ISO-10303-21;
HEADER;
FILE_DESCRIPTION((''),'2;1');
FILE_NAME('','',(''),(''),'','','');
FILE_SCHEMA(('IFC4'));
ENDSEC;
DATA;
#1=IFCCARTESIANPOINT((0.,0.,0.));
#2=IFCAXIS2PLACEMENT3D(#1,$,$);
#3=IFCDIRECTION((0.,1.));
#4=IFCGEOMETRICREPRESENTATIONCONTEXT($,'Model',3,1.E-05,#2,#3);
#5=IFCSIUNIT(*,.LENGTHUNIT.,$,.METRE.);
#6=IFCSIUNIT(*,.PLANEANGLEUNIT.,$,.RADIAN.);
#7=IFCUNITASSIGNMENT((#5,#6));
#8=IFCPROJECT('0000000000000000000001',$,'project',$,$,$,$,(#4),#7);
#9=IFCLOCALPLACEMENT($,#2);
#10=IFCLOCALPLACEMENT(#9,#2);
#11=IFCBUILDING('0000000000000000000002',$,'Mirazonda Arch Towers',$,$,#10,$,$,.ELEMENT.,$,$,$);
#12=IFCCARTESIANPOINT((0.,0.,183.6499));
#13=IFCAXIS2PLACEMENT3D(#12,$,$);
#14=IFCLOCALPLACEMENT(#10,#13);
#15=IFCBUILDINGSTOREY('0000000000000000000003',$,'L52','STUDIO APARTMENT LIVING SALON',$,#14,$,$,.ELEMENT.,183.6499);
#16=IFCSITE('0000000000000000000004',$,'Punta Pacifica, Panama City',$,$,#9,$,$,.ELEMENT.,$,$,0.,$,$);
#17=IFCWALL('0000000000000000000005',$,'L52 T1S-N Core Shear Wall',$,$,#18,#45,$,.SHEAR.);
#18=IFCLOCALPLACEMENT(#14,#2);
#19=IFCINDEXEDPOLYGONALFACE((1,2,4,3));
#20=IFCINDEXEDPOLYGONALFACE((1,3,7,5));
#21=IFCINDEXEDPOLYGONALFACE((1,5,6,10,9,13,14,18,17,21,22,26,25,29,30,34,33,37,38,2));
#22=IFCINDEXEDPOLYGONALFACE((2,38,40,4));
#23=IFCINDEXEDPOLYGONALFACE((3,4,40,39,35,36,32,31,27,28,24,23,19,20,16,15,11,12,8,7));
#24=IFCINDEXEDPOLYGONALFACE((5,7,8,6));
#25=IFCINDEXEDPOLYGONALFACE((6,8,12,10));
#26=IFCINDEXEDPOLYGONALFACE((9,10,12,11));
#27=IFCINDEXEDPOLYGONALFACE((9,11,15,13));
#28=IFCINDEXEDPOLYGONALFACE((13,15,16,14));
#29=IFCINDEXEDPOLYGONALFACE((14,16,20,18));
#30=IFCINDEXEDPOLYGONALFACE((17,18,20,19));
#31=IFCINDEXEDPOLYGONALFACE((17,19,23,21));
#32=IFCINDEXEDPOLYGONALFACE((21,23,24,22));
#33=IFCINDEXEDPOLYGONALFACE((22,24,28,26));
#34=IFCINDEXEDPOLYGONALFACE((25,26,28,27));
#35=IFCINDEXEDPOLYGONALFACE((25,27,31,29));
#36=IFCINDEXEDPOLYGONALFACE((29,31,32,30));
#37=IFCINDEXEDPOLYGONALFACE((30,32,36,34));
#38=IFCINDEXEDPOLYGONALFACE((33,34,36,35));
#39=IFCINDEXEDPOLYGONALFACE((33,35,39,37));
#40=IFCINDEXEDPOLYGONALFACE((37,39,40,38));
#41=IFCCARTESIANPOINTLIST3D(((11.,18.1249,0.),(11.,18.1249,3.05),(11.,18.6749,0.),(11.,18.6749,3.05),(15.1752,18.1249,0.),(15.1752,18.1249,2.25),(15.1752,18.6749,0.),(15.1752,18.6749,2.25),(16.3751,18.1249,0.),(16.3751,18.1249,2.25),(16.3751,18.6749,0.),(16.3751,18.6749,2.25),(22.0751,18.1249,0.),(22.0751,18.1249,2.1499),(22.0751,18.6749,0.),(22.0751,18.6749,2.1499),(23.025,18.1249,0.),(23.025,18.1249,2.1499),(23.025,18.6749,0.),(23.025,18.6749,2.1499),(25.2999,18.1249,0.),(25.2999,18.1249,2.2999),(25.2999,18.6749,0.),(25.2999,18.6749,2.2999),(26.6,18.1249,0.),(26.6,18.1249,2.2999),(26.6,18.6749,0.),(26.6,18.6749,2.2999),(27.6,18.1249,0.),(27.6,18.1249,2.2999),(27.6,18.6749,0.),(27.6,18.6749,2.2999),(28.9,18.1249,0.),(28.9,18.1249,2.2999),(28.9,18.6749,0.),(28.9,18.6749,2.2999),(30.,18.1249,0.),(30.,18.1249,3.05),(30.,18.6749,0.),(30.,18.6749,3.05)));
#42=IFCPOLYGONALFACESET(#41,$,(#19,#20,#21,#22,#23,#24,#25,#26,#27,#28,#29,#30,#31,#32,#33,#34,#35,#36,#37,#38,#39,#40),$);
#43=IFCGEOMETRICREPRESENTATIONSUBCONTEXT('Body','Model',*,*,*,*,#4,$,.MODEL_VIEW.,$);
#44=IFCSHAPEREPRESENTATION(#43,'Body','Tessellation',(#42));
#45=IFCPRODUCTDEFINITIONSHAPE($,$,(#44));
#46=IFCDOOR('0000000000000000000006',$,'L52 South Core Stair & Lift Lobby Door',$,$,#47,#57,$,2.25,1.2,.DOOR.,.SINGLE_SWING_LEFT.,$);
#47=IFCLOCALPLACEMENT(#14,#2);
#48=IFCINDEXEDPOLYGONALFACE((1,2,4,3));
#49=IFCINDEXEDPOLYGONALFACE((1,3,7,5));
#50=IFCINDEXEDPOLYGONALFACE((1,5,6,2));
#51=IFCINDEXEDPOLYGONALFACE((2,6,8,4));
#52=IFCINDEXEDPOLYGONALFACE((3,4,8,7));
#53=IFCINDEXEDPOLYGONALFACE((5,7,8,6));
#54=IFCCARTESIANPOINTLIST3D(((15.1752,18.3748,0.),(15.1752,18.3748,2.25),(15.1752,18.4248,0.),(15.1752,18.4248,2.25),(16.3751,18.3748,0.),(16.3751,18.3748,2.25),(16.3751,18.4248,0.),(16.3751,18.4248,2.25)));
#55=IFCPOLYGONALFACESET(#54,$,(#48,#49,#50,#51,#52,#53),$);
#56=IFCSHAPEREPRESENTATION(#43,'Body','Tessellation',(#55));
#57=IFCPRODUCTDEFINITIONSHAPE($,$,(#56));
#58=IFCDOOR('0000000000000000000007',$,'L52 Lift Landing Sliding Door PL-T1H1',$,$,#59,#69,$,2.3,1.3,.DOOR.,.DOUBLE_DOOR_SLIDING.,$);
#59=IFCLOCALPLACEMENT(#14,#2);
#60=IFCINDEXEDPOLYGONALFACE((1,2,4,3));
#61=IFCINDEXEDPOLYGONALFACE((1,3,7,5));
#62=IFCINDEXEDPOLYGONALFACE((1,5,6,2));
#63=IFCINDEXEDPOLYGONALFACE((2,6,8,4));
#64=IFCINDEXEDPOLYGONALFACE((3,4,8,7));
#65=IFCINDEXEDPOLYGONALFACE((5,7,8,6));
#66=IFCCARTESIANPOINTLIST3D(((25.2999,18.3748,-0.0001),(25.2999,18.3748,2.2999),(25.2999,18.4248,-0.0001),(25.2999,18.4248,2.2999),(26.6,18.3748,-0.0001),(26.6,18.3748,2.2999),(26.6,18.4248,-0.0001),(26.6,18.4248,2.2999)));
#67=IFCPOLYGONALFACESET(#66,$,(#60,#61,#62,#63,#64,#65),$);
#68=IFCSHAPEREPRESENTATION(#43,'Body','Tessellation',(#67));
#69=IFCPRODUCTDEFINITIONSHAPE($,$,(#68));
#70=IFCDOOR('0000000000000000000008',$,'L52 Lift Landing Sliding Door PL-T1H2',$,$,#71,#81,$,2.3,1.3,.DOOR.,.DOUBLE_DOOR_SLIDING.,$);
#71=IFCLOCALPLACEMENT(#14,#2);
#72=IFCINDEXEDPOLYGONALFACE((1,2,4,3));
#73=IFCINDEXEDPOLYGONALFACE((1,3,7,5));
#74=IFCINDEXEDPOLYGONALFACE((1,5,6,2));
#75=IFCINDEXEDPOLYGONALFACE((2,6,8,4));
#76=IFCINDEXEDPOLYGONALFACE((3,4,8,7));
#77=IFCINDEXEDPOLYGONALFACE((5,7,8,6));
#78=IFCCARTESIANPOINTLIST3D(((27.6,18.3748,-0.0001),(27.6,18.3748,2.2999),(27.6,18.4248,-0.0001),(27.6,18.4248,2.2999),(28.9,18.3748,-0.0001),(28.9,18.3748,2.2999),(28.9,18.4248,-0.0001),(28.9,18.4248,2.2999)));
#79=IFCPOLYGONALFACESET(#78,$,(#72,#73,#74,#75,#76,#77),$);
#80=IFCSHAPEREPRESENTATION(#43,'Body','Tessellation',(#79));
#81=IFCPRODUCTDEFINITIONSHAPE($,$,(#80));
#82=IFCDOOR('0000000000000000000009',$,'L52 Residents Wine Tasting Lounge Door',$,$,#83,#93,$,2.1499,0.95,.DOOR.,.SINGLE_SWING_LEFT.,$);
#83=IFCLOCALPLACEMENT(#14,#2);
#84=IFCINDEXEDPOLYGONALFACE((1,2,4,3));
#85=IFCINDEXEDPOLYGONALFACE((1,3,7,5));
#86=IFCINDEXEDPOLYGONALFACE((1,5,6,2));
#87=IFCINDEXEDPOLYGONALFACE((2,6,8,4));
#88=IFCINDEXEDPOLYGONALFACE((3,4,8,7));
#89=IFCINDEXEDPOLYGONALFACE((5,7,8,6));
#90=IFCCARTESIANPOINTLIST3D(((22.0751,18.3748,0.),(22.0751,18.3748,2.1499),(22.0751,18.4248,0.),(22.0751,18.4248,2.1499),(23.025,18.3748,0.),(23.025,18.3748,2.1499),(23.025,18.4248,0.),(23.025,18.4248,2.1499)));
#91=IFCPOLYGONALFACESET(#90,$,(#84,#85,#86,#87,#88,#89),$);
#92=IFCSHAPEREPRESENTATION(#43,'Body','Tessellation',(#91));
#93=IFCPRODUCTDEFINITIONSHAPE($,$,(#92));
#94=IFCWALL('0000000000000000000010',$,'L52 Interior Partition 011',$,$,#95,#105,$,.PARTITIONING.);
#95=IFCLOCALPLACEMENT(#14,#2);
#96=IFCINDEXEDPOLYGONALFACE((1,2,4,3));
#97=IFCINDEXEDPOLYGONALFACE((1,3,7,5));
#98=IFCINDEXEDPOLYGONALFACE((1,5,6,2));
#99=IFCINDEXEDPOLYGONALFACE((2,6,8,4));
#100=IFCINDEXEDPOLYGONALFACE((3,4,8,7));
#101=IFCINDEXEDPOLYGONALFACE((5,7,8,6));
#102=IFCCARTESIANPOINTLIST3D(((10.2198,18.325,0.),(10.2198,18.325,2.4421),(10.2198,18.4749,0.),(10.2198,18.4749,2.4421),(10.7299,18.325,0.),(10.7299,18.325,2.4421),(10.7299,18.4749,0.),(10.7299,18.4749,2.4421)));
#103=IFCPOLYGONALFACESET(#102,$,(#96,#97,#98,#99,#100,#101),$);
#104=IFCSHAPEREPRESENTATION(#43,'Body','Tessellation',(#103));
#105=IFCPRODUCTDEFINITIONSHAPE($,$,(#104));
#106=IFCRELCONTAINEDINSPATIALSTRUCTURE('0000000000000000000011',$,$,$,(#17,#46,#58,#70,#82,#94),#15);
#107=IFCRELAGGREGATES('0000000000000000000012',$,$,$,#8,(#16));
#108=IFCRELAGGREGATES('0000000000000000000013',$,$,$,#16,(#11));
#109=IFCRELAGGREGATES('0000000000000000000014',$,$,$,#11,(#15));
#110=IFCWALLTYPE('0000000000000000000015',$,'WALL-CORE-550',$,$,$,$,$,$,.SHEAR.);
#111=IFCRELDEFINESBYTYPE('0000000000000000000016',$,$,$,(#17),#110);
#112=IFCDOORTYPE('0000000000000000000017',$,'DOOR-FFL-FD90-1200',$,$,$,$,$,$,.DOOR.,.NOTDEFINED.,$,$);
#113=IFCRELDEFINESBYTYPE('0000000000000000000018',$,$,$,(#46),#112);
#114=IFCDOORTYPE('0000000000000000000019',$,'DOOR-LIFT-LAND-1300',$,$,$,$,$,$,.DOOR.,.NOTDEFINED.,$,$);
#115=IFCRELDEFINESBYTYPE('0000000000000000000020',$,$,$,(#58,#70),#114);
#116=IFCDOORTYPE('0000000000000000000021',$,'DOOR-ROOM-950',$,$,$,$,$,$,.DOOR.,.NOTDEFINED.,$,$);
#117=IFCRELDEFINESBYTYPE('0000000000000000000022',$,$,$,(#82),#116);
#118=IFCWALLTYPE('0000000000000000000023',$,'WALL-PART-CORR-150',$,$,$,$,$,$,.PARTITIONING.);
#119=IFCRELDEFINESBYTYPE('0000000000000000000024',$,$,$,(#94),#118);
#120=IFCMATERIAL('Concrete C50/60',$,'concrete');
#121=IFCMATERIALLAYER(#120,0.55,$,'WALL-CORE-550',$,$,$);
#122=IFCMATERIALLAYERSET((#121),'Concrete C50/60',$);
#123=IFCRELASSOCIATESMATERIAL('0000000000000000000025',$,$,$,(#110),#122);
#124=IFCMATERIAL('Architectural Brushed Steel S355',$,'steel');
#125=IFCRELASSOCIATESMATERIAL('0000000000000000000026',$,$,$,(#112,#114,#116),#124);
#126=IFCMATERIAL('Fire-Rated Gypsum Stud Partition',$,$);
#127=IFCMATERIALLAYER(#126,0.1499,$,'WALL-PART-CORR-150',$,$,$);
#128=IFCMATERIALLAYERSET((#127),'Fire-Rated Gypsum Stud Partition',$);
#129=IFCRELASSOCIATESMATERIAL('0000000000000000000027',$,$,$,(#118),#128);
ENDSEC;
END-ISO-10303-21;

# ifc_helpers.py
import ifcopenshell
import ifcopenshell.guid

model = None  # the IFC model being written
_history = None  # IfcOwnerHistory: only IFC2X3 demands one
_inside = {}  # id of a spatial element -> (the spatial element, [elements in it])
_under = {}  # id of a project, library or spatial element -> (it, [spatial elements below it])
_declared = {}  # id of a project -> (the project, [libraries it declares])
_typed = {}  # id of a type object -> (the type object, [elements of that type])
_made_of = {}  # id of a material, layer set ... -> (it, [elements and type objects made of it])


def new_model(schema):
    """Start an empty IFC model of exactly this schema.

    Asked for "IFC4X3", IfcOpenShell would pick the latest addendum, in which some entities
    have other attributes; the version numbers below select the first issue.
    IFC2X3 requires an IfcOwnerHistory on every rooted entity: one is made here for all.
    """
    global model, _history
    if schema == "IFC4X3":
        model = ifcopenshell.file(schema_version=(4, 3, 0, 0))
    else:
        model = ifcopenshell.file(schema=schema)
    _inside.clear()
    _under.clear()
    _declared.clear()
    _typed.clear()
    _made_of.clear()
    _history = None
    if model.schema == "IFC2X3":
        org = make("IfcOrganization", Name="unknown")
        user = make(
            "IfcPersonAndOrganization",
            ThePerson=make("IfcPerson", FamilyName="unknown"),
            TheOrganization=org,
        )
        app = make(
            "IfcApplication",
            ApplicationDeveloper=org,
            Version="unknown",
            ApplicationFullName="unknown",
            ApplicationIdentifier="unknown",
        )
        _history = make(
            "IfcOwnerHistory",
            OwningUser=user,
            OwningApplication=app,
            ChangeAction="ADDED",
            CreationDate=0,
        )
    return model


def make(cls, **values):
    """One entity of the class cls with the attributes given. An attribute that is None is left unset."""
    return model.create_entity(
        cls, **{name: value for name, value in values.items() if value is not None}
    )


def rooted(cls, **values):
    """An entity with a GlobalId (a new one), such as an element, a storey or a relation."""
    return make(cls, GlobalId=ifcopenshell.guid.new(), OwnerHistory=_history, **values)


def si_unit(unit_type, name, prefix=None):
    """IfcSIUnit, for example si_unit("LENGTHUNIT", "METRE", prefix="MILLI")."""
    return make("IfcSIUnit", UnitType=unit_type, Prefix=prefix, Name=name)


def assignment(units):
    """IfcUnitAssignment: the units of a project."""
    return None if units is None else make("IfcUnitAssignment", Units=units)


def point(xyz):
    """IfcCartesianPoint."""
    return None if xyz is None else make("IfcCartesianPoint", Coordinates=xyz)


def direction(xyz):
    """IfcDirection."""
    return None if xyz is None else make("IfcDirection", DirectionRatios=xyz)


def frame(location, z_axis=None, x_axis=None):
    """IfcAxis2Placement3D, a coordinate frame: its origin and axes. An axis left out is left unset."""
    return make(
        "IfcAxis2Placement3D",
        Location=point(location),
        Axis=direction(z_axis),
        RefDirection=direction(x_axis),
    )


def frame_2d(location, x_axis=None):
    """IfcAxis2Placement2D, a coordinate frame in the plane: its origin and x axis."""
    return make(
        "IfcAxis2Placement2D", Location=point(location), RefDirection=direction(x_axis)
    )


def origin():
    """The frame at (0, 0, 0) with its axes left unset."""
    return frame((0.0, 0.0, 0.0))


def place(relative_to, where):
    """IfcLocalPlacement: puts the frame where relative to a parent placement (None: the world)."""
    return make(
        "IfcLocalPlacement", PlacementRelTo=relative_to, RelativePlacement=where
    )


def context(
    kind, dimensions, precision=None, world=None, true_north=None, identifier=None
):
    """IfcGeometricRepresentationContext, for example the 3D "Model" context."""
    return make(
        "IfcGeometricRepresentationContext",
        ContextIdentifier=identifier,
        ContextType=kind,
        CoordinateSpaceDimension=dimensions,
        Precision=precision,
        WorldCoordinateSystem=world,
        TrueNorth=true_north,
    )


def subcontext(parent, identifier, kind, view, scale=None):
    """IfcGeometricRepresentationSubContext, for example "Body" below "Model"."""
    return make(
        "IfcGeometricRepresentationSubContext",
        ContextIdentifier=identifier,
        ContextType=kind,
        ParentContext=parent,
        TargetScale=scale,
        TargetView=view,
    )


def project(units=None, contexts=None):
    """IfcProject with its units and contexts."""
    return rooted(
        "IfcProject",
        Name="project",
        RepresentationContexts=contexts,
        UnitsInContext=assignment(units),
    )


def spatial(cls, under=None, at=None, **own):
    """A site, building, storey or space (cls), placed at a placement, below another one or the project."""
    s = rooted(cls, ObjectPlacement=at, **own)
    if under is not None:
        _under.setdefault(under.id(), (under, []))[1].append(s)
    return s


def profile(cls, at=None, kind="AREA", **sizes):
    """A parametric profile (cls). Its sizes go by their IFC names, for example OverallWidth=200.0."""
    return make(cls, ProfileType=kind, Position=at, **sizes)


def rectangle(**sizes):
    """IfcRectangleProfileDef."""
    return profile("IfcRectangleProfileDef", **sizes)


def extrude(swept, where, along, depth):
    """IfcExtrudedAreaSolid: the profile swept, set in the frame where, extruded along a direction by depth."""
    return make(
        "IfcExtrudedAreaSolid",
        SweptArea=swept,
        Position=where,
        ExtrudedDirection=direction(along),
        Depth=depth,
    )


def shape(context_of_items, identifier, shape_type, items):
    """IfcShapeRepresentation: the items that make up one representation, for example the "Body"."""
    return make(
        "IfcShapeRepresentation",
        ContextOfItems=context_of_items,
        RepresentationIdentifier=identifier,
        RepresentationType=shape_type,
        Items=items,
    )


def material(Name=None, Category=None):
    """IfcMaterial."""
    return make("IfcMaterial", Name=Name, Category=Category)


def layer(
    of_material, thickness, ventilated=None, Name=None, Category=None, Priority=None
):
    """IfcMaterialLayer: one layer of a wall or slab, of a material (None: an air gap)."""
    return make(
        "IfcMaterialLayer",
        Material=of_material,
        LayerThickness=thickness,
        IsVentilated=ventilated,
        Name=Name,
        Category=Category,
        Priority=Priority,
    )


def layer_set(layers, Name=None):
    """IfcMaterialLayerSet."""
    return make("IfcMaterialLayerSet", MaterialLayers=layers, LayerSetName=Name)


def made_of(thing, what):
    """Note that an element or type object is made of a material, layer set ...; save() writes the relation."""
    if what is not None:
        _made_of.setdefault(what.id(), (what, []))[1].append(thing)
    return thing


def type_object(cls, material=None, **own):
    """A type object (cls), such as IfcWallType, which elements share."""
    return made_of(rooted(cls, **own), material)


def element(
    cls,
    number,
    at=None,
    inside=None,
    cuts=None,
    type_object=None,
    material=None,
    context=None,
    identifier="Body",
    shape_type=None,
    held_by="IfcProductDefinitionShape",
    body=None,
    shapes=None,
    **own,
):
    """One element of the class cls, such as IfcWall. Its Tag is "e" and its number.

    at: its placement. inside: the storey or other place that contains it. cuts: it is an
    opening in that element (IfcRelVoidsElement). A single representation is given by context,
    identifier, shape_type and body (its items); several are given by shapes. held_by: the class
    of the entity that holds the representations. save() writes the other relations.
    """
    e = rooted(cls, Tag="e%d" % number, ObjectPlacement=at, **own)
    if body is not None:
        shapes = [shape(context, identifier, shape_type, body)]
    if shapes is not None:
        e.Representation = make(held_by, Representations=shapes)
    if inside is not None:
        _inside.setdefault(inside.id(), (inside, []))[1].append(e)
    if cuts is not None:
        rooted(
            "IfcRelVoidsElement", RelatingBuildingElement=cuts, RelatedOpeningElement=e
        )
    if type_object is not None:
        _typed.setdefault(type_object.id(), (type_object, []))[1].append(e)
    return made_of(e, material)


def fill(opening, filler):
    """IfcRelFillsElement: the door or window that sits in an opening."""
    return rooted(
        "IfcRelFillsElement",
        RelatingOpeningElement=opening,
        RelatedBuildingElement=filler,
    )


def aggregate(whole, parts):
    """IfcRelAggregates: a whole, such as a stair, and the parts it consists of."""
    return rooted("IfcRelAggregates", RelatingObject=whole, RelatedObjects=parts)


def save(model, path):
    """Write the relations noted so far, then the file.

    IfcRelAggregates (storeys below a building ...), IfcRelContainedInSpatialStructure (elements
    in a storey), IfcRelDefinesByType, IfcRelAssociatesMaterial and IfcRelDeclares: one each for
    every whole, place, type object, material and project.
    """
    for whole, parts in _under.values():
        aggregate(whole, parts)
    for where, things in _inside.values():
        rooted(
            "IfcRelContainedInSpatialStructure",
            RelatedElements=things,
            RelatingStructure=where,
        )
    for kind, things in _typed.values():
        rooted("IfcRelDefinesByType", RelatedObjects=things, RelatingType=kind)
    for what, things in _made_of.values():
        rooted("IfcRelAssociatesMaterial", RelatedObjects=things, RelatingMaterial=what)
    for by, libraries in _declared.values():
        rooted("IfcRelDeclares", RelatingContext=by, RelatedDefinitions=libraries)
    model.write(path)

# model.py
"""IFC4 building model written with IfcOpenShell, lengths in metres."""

from ifc_helpers import new_model, si_unit, direction, frame, frame_2d, origin, place, context, subcontext, project, spatial, rectangle, extrude, material, layer, layer_set, type_object, element, fill, save


model = new_model("IFC4")

# Units and contexts
model_context = context("Model", 3, precision=1e-05, world=origin(), true_north=direction((0.0, 1.0)))
body_context = subcontext(model_context, "Body", "Model", "MODEL_VIEW")
ifc_project = project(units=[si_unit("LENGTHUNIT", "METRE"), si_unit("PLANEANGLEUNIT", "RADIAN")], contexts=[model_context])

# Site, building, storey
site_placement = place(None, origin())
site = spatial("IfcSite", under=ifc_project, at=site_placement, Name="Punta Pacifica, Panama City", CompositionType="ELEMENT", RefElevation=0.0)
building_placement = place(site_placement, origin())
building = spatial("IfcBuilding", under=site, at=building_placement, Name="Mirazonda Arch Towers", CompositionType="ELEMENT")
storey_placement = place(building_placement, frame((0.0, 0.0, 183.6499)))
storey = spatial("IfcBuildingStorey", under=building, at=storey_placement, Name="L52", Description="STUDIO APARTMENT LIVING SALON", CompositionType="ELEMENT", Elevation=183.6499)

# Shared definitions
ifc_material_1 = material(Name="Concrete C50/60", Category="concrete")

# Shared definitions
ifc_material_2 = material(Name="Architectural Brushed Steel S355", Category="steel")

# Wall, openings, doors
ifc_layer_1 = layer(ifc_material_1, 0.55, Name="WALL-CORE-550")
ifc_layer_set_1 = layer_set([ifc_layer_1], Name="Concrete C50/60")
wall_type_1 = type_object("IfcWallType", Name="WALL-CORE-550", PredefinedType="SHEAR", material=ifc_layer_set_1)
wall_1_placement = place(storey_placement, frame((11.0, 18.3999, 0.0), z_axis=(0.0, 0.0, 1.0), x_axis=(1.0, 0.0, 0.0)))
wall_1 = element("IfcWall", 1, at=wall_1_placement, inside=storey, type_object=wall_type_1, Name="L52 T1S-N Core Shear Wall", PredefinedType="SHEAR", context=body_context, shape_type="SweptSolid", body=[
    extrude(rectangle(XDim=19.0, YDim=0.55, at=frame_2d((9.5, 0.0))), origin(), (0.0, 0.0, 1.0), 3.05),
])
opening_1_placement = place(wall_1_placement, frame((4.175, 0.0, 0.0)))
opening_1 = element("IfcOpeningElement", 2, at=opening_1_placement, cuts=wall_1, PredefinedType="OPENING", context=body_context, shape_type="SweptSolid", body=[
    extrude(rectangle(XDim=1.2, YDim=2.25, at=frame_2d((0.6001, 1.125))), frame((0.0, 0.2849, 0.0), z_axis=(0.0, -1.0, 0.0), x_axis=(1.0, 0.0, 0.0)), (0.0, 0.0, 1.0), 0.5701),
])
opening_2_placement = place(wall_1_placement, frame((11.075, 0.0, 0.0)))
opening_2 = element("IfcOpeningElement", 3, at=opening_2_placement, cuts=wall_1, PredefinedType="OPENING", context=body_context, shape_type="SweptSolid", body=[
    extrude(rectangle(XDim=0.95, YDim=2.1499, at=frame_2d((0.4751, 1.075))), frame((0.0, 0.2849, 0.0), z_axis=(0.0, -1.0, 0.0), x_axis=(1.0, 0.0, 0.0)), (0.0, 0.0, 1.0), 0.5701),
])
opening_3_placement = place(wall_1_placement, frame((14.3, 0.0, 0.0)))
opening_3 = element("IfcOpeningElement", 4, at=opening_3_placement, cuts=wall_1, PredefinedType="OPENING", context=body_context, shape_type="SweptSolid", body=[
    extrude(rectangle(XDim=1.3, YDim=2.3, at=frame_2d((0.6499, 1.1499))), frame((0.0, 0.2849, 0.0), z_axis=(0.0, -1.0, 0.0), x_axis=(1.0, 0.0, 0.0)), (0.0, 0.0, 1.0), 0.5701),
])
opening_4_placement = place(wall_1_placement, frame((16.6001, 0.0, 0.0)))
opening_4 = element("IfcOpeningElement", 5, at=opening_4_placement, cuts=wall_1, PredefinedType="OPENING", context=body_context, shape_type="SweptSolid", body=[
    extrude(rectangle(XDim=1.3, YDim=2.3, at=frame_2d((0.6499, 1.1499))), frame((0.0, 0.2849, 0.0), z_axis=(0.0, -1.0, 0.0), x_axis=(1.0, 0.0, 0.0)), (0.0, 0.0, 1.0), 0.5701),
])
door_type_1 = type_object("IfcDoorType", Name="DOOR-FFL-FD90-1200", OperationType="NOTDEFINED", PredefinedType="DOOR", material=ifc_material_2)
door_1_placement = place(opening_1_placement, origin())
door_1 = element("IfcDoor", 6, at=door_1_placement, inside=storey, type_object=door_type_1, Name="L52 South Core Stair & Lift Lobby Door", OperationType="SINGLE_SWING_LEFT", OverallHeight=2.25, OverallWidth=1.2, PredefinedType="DOOR", context=body_context, shape_type="SweptSolid", body=[
    extrude(rectangle(XDim=1.2, YDim=2.25, at=frame_2d((0.6001, 1.125))), frame((0.0, 0.0249, 0.0), z_axis=(0.0, -1.0, 0.0), x_axis=(1.0, 0.0, 0.0)), (0.0, 0.0, 1.0), 0.05),
])
fill(opening_1, door_1)
door_type_2 = type_object("IfcDoorType", Name="DOOR-LIFT-LAND-1300", OperationType="NOTDEFINED", PredefinedType="DOOR", material=ifc_material_2)
door_2_placement = place(opening_3_placement, origin())
door_2 = element("IfcDoor", 7, at=door_2_placement, inside=storey, type_object=door_type_2, Name="L52 Lift Landing Sliding Door PL-T1H1", OperationType="DOUBLE_DOOR_SLIDING", OverallHeight=2.3, OverallWidth=1.3, PredefinedType="DOOR", context=body_context, shape_type="SweptSolid", body=[
    extrude(rectangle(XDim=1.3, YDim=2.3, at=frame_2d((0.6499, 1.1499))), frame((0.0, 0.0249, 0.0), z_axis=(0.0, -1.0, 0.0), x_axis=(1.0, 0.0, 0.0)), (0.0, 0.0, 1.0), 0.05),
])
fill(opening_3, door_2)
door_3_placement = place(opening_4_placement, origin())
door_3 = element("IfcDoor", 8, at=door_3_placement, inside=storey, type_object=door_type_2, Name="L52 Lift Landing Sliding Door PL-T1H2", OperationType="DOUBLE_DOOR_SLIDING", OverallHeight=2.3, OverallWidth=1.3, PredefinedType="DOOR", context=body_context, shape_type="SweptSolid", body=[
    extrude(rectangle(XDim=1.3, YDim=2.3, at=frame_2d((0.6499, 1.1499))), frame((0.0, 0.0249, 0.0), z_axis=(0.0, -1.0, 0.0), x_axis=(1.0, 0.0, 0.0)), (0.0, 0.0, 1.0), 0.05),
])
fill(opening_4, door_3)
door_type_3 = type_object("IfcDoorType", Name="DOOR-ROOM-950", OperationType="NOTDEFINED", PredefinedType="DOOR", material=ifc_material_2)
door_4_placement = place(opening_2_placement, origin())
door_4 = element("IfcDoor", 9, at=door_4_placement, inside=storey, type_object=door_type_3, Name="L52 Residents Wine Tasting Lounge Door", OperationType="SINGLE_SWING_LEFT", OverallHeight=2.1499, OverallWidth=0.95, PredefinedType="DOOR", context=body_context, shape_type="SweptSolid", body=[
    extrude(rectangle(XDim=0.95, YDim=2.1499, at=frame_2d((0.4751, 1.075))), frame((0.0, 0.0249, 0.0), z_axis=(0.0, -1.0, 0.0), x_axis=(1.0, 0.0, 0.0)), (0.0, 0.0, 1.0), 0.05),
])
fill(opening_2, door_4)

# Wall
ifc_material_3 = material(Name="Fire-Rated Gypsum Stud Partition")
ifc_layer_2 = layer(ifc_material_3, 0.1499, Name="WALL-PART-CORR-150")
ifc_layer_set_2 = layer_set([ifc_layer_2], Name="Fire-Rated Gypsum Stud Partition")
wall_type_2 = type_object("IfcWallType", Name="WALL-PART-CORR-150", PredefinedType="PARTITIONING", material=ifc_layer_set_2)
wall_2_placement = place(storey_placement, frame((10.22, 18.3999, 0.0), z_axis=(0.0, 0.0, 1.0), x_axis=(1.0, 0.0, 0.0)))
element("IfcWall", 10, at=wall_2_placement, inside=storey, type_object=wall_type_2, Name="L52 Interior Partition 011", PredefinedType="PARTITIONING", context=body_context, shape_type="SweptSolid", body=[
    extrude(rectangle(XDim=0.51, YDim=0.1499, at=frame_2d((0.2549, 0.0))), origin(), (0.0, 0.0, 1.0), 2.4421),
])

save(model, "model.ifc")
